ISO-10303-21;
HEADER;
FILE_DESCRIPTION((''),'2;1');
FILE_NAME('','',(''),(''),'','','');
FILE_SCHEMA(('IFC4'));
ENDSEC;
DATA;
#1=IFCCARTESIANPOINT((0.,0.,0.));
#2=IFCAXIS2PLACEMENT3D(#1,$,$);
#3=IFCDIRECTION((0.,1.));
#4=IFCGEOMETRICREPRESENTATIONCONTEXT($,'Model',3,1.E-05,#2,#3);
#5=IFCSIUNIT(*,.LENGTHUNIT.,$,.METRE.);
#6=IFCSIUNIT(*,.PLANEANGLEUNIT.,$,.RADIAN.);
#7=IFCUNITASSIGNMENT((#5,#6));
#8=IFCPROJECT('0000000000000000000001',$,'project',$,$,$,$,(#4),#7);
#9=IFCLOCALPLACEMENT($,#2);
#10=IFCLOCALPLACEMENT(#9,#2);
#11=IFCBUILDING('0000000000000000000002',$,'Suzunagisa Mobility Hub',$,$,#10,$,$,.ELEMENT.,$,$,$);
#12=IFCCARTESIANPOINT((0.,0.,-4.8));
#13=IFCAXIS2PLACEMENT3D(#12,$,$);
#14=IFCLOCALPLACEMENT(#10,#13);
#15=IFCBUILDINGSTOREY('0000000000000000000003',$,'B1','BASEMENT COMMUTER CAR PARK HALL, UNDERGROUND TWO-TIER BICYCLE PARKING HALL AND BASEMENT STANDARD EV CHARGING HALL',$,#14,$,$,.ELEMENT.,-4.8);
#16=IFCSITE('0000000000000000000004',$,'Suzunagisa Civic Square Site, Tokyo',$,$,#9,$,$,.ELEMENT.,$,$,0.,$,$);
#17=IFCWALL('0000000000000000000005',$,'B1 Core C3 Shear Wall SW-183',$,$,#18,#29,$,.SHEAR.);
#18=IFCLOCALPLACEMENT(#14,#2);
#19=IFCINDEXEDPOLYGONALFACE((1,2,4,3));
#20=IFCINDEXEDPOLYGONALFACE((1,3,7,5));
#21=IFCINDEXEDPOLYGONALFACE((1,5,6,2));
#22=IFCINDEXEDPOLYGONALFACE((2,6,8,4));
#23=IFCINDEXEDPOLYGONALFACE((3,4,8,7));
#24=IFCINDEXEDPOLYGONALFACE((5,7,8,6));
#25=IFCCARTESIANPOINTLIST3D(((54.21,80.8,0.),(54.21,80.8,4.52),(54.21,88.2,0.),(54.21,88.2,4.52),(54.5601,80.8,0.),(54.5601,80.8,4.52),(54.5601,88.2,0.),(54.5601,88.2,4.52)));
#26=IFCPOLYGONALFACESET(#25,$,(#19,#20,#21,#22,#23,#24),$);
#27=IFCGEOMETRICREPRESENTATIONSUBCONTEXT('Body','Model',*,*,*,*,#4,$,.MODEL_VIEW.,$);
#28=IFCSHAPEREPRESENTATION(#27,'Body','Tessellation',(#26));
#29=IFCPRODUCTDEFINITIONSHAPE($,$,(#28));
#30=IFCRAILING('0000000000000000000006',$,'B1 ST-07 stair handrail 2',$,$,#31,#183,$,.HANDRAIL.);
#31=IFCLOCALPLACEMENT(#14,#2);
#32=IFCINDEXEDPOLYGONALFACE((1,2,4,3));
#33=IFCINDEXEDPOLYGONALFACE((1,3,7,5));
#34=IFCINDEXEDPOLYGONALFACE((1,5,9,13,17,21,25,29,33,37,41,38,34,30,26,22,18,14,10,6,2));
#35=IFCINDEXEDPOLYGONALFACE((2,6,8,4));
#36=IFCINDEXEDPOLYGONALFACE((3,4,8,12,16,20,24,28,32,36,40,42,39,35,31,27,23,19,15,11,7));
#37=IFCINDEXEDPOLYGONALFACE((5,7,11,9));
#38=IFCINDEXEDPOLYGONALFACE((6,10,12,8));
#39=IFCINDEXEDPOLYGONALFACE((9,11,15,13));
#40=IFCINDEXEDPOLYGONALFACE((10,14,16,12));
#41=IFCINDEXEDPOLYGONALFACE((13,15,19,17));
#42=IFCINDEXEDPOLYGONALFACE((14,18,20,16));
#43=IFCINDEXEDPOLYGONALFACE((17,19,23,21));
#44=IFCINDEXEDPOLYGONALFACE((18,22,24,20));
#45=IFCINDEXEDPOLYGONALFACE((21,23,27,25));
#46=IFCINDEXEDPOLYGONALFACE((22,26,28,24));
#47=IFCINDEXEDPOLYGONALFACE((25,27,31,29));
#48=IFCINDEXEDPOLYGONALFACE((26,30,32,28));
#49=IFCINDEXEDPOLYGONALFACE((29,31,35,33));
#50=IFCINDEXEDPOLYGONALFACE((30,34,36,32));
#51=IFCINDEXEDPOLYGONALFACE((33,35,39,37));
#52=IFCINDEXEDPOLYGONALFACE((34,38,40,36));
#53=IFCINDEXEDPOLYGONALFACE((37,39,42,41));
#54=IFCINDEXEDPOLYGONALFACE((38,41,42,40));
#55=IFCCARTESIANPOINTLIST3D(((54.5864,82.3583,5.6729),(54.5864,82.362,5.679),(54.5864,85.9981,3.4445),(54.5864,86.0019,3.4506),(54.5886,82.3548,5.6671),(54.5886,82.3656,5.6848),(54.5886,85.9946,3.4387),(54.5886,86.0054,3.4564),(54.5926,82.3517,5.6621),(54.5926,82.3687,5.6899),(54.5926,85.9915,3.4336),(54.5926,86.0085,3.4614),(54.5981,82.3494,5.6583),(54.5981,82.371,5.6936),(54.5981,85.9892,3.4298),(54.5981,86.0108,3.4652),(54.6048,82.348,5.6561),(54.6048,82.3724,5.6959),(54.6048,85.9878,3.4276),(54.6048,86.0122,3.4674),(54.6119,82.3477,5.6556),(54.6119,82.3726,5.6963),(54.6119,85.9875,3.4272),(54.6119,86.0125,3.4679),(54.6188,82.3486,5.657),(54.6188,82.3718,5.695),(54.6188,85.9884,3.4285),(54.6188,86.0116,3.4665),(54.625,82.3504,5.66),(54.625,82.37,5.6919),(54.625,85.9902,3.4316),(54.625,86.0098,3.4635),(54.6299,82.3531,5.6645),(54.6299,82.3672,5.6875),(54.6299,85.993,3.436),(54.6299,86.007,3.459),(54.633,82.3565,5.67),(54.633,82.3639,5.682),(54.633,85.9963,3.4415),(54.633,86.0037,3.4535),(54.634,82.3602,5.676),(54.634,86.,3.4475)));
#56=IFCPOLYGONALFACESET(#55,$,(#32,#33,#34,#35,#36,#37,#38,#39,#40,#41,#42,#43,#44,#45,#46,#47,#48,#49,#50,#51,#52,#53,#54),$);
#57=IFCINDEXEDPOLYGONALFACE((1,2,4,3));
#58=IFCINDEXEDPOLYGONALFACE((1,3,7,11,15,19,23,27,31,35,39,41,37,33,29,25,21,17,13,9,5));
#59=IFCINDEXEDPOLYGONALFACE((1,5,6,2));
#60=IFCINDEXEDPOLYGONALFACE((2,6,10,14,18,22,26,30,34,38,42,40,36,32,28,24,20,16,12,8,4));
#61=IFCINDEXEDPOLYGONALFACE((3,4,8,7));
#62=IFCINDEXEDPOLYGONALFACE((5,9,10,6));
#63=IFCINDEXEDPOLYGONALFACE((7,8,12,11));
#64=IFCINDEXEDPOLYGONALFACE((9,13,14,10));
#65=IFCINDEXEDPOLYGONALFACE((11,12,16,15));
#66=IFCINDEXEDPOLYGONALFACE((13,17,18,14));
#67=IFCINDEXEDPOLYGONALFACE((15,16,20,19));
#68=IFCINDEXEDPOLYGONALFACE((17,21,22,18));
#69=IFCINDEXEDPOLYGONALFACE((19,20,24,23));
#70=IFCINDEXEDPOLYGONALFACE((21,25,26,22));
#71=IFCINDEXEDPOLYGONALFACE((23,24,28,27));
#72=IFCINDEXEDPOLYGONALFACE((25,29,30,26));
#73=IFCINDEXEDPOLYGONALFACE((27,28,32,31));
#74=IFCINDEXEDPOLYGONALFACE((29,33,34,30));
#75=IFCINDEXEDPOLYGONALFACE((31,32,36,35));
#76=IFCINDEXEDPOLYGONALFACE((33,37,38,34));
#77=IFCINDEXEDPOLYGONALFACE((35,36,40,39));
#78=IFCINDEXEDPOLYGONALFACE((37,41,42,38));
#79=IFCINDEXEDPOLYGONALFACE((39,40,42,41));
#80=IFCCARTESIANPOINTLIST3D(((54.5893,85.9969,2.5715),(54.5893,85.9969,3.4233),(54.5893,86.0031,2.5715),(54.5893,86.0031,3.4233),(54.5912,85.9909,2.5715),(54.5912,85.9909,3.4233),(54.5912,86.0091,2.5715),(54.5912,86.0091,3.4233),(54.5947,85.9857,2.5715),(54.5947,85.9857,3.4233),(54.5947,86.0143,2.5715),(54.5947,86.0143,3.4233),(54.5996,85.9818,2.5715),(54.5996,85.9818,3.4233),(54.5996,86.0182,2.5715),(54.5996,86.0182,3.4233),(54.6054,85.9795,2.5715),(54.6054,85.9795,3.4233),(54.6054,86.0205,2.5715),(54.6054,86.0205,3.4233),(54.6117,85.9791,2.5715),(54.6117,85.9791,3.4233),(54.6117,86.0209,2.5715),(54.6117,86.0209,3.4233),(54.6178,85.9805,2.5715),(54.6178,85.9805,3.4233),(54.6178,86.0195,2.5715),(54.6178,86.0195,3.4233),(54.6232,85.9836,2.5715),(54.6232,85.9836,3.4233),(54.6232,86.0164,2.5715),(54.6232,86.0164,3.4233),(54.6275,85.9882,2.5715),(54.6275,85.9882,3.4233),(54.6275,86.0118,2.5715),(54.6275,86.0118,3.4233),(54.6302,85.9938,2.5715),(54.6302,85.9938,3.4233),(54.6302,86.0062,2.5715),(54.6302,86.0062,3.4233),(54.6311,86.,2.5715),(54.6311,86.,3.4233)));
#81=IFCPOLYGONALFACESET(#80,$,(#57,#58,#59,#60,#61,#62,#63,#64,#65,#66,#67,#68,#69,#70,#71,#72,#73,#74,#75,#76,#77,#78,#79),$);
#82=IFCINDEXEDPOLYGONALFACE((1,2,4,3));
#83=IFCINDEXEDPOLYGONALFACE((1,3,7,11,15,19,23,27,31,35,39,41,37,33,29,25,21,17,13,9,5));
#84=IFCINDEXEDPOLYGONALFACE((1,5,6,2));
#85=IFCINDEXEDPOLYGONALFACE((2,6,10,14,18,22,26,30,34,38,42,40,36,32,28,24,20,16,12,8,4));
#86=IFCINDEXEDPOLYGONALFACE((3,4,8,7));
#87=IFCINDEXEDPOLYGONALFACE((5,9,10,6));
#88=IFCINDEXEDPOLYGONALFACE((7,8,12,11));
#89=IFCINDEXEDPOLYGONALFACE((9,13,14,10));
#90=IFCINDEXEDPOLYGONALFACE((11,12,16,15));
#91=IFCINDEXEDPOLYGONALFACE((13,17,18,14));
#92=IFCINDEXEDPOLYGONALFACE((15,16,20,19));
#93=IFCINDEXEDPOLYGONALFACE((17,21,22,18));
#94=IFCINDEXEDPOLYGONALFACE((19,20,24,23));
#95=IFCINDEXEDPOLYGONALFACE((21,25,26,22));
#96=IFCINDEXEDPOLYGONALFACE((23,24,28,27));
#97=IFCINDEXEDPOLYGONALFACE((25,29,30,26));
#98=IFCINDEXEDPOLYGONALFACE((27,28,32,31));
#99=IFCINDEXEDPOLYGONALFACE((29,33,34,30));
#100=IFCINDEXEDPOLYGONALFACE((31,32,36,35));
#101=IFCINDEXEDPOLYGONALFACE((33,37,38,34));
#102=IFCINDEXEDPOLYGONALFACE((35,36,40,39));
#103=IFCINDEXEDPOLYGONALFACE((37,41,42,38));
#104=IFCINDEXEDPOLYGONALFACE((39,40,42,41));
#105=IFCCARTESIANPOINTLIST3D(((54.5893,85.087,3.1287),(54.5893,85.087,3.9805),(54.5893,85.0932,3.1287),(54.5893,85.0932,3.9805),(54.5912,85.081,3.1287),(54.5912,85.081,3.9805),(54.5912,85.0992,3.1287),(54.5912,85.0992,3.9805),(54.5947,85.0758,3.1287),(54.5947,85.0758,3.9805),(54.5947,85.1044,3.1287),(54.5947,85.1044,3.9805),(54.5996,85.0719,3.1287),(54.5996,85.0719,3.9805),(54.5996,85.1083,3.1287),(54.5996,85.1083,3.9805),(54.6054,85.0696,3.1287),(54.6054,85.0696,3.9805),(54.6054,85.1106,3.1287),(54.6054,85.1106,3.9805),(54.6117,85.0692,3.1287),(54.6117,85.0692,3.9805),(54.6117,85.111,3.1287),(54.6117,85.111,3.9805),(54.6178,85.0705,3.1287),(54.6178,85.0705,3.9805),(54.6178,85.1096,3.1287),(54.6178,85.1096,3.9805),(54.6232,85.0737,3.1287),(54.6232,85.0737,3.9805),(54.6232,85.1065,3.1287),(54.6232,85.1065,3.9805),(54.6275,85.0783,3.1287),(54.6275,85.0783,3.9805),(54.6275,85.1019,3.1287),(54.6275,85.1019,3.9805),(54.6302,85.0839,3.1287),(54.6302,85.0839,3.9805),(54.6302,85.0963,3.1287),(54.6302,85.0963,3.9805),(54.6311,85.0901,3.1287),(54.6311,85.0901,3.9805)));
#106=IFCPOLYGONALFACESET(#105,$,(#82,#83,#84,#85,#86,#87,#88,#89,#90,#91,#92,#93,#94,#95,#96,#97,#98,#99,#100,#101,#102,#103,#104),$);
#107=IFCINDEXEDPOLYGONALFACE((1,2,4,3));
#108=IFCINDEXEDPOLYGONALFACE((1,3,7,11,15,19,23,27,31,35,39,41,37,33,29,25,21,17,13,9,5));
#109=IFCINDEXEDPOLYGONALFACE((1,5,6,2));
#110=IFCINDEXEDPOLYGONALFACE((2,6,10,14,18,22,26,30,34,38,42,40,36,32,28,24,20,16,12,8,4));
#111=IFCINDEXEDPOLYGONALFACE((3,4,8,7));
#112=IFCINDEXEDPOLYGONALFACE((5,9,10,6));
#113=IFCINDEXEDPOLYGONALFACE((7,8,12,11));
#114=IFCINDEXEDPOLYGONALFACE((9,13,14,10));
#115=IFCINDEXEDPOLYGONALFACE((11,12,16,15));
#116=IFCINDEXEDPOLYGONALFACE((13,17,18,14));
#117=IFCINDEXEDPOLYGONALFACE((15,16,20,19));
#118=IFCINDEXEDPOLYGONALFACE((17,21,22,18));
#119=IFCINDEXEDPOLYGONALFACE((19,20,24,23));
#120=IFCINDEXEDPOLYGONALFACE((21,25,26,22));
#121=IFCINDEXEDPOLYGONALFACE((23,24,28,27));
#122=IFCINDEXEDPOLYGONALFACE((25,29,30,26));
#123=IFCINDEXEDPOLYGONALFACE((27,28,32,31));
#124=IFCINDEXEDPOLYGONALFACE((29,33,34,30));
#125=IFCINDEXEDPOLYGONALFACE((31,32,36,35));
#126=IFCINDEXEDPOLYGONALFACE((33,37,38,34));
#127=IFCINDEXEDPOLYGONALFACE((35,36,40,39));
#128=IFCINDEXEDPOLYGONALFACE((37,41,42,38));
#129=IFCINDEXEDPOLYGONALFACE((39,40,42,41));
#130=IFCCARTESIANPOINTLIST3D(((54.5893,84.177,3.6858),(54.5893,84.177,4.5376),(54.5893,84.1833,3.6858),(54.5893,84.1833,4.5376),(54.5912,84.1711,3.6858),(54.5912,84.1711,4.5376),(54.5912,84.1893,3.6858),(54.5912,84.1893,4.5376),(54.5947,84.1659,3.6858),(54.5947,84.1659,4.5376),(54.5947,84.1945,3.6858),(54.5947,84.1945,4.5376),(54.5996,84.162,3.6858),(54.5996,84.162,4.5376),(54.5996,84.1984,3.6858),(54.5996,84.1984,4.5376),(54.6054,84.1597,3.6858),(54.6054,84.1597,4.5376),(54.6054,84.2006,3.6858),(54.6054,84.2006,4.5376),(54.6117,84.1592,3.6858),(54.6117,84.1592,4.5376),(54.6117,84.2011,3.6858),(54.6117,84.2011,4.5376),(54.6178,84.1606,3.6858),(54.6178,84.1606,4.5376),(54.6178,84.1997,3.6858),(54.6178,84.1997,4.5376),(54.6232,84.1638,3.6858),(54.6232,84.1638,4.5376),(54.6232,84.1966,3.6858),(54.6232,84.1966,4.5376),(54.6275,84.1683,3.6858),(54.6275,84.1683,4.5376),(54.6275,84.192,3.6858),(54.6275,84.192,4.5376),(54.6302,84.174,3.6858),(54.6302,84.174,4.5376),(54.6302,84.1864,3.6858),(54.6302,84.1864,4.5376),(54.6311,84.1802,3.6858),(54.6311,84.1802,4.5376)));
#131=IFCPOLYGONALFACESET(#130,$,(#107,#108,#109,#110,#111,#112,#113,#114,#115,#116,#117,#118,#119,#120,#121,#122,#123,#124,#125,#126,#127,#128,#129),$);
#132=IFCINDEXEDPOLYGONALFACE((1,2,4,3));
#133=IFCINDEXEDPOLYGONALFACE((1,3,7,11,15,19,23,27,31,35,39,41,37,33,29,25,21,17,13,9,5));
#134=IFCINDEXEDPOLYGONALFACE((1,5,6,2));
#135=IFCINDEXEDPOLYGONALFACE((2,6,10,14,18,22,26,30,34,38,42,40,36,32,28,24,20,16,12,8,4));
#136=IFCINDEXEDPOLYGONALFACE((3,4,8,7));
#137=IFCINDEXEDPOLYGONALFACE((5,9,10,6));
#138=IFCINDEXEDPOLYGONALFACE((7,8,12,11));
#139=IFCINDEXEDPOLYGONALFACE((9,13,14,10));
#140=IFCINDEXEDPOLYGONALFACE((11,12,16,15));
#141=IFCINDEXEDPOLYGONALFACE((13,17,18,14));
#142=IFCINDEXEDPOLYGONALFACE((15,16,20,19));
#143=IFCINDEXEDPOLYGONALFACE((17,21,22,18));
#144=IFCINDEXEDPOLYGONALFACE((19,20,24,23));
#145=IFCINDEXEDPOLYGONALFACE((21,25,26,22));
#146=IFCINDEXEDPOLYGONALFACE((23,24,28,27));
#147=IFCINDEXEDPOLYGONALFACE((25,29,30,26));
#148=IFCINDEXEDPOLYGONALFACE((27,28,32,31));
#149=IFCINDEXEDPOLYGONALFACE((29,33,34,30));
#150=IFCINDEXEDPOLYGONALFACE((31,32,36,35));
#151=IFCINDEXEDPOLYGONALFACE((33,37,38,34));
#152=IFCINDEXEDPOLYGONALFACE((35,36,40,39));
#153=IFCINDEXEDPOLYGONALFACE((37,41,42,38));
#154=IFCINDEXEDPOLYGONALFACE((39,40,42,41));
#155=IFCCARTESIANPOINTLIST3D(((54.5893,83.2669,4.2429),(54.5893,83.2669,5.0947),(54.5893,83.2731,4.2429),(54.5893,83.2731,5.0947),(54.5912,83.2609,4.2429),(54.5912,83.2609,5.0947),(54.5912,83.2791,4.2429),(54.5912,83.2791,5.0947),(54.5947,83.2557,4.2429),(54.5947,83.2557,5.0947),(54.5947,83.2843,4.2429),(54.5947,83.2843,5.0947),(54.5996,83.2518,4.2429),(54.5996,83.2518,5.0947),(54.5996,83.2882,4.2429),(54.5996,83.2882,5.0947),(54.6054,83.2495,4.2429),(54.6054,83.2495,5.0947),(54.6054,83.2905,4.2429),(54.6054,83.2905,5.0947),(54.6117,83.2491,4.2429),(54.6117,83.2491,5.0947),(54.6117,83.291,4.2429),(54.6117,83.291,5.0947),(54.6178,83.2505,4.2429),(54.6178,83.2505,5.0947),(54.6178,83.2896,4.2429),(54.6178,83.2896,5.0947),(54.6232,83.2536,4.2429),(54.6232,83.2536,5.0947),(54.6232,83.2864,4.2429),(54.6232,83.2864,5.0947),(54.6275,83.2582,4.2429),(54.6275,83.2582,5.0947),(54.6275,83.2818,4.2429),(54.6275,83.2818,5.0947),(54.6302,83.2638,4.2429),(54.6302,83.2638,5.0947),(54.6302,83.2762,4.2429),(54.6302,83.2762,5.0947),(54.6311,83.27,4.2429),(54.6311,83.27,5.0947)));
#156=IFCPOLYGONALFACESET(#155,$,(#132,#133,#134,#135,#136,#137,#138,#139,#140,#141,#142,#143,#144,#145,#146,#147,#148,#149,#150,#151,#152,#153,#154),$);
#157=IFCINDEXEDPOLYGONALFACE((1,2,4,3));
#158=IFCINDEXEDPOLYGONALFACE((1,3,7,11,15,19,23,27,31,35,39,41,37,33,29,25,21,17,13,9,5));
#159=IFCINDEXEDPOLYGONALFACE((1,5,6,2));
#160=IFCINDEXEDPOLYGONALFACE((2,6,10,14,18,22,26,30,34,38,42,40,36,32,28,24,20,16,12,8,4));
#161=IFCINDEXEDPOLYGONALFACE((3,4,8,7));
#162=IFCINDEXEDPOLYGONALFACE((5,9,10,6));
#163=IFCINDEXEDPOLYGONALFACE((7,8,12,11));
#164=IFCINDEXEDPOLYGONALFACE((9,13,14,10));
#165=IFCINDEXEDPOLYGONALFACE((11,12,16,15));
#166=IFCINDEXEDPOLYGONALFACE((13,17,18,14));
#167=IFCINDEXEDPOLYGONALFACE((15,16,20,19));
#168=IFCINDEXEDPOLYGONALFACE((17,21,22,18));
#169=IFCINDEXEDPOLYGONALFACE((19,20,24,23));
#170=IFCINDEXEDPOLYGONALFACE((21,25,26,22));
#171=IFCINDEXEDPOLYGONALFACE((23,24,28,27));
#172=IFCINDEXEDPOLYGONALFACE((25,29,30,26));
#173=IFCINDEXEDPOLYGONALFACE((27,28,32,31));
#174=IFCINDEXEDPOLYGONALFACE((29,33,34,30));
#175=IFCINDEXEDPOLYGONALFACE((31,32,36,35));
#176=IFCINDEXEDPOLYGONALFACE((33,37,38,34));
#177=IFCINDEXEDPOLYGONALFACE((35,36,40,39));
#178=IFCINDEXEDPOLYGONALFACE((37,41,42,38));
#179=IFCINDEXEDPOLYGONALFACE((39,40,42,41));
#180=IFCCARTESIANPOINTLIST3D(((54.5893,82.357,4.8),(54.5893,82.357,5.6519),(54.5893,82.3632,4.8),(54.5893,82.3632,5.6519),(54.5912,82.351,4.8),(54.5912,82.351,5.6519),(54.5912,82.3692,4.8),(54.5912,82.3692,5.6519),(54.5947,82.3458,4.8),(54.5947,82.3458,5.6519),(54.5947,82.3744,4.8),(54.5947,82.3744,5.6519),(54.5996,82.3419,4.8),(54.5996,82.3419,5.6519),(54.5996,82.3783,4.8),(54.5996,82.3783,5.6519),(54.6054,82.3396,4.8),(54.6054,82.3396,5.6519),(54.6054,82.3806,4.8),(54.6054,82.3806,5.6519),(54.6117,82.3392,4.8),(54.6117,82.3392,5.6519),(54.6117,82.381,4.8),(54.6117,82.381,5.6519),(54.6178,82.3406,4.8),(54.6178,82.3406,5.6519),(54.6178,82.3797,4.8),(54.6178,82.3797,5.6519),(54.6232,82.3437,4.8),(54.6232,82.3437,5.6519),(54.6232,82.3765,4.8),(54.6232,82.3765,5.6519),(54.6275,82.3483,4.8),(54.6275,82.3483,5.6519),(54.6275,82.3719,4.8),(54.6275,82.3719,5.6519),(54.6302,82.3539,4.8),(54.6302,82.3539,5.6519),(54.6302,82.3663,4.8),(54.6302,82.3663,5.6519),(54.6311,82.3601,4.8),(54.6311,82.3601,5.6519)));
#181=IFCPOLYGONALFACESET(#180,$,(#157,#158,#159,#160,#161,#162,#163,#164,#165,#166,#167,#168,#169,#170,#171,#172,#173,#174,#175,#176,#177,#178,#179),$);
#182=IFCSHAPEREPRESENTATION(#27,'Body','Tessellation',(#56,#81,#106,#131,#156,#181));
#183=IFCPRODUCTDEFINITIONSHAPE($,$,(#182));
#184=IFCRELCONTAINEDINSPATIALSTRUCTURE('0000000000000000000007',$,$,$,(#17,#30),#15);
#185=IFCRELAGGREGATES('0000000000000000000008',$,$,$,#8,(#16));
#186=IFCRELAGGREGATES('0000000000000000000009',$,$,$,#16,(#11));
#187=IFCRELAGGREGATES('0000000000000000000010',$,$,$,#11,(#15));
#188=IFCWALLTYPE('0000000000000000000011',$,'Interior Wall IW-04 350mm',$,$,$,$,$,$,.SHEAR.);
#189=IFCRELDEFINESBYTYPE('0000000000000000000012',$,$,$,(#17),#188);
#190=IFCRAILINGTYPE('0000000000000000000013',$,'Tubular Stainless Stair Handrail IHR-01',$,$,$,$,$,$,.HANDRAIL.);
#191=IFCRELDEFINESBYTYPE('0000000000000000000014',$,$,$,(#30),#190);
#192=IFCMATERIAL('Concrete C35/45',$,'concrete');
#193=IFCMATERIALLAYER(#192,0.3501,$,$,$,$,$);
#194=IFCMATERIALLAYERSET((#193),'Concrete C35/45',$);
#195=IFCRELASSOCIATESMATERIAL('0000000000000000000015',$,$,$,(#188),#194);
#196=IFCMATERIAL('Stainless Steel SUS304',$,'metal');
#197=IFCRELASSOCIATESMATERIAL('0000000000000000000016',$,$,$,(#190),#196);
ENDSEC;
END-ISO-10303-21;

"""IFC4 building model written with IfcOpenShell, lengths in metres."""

from ifc_helpers import new_model, si_unit, direction, frame, frame_2d, origin, origin_2d, place, context, subcontext, project, spatial, rectangle, circle, extrude, material, layer, layer_set, type_object, element, save


model = new_model("IFC4")

# Units and contexts
model_context = context("Model", 3, precision=1e-05, world=origin(), true_north=direction((0.0, 1.0)))
body_context = subcontext(model_context, "Body", "Model", "MODEL_VIEW")
ifc_project = project(units=[si_unit("LENGTHUNIT", "METRE"), si_unit("PLANEANGLEUNIT", "RADIAN")], contexts=[model_context])

# Site, building, storey
site_placement = place(None, origin())
site = spatial("IfcSite", under=ifc_project, at=site_placement, Name="Suzunagisa Civic Square Site, Tokyo", CompositionType="ELEMENT", RefElevation=0.0)
building_placement = place(site_placement, origin())
building = spatial("IfcBuilding", under=site, at=building_placement, Name="Suzunagisa Mobility Hub", CompositionType="ELEMENT")
storey_placement = place(building_placement, frame((0.0, 0.0, -4.8)))
storey = spatial("IfcBuildingStorey", under=building, at=storey_placement, Name="B1", Description="BASEMENT COMMUTER CAR PARK HALL, UNDERGROUND TWO-TIER BICYCLE PARKING HALL AND BASEMENT STANDARD EV CHARGING HALL", CompositionType="ELEMENT", Elevation=-4.8)

# Wall
ifc_material_1 = material(Name="Concrete C35/45", Category="concrete")
ifc_layer_1 = layer(ifc_material_1, 0.3501)
ifc_layer_set_1 = layer_set([ifc_layer_1], Name="Concrete C35/45")
wall_type_1 = type_object("IfcWallType", Name="Interior Wall IW-04 350mm", PredefinedType="SHEAR", material=ifc_layer_set_1)
wall_1_placement = place(storey_placement, frame((54.385, 80.8, 0.0), z_axis=(0.0, 0.0, 1.0), x_axis=(0.0, 1.0, 0.0)))
element("IfcWall", 1, at=wall_1_placement, inside=storey, type_object=wall_type_1, Name="B1 Core C3 Shear Wall SW-183", PredefinedType="SHEAR", context=body_context, shape_type="SweptSolid", body=[
    extrude(rectangle(XDim=7.3999, YDim=0.3501, at=frame_2d((3.7, 0.0))), origin(), (0.0, 0.0, 1.0), 4.52),
])

# Railing
ifc_material_2 = material(Name="Stainless Steel SUS304", Category="metal")
railing_type = type_object("IfcRailingType", Name="Tubular Stainless Stair Handrail IHR-01", PredefinedType="HANDRAIL", material=ifc_material_2)
railing_placement = place(storey_placement, frame((54.6101, 86.0, 2.5715)))
element("IfcRailing", 2, at=railing_placement, inside=storey, type_object=railing_type, Name="B1 ST-07 stair handrail 2", PredefinedType="HANDRAIL", context=body_context, shape_type="SweptSolid", body=[
    extrude(circle(Radius=0.0239, at=origin_2d()), frame((0.0, 0.0, 0.876), z_axis=(0.0, -0.85285, 0.522156), x_axis=(1.0, 0.0, 0.0)), (0.0, 0.0, 1.0), 4.2678),
    extrude(circle(Radius=0.021, at=origin_2d()), origin(), (0.0, 0.0, 1.0), 0.8518),
    extrude(circle(Radius=0.021, at=origin_2d()), frame((0.0, -0.9099, 0.5571)), (0.0, 0.0, 1.0), 0.8518),
    extrude(circle(Radius=0.021, at=origin_2d()), frame((0.0, -1.8198, 1.1143)), (0.0, 0.0, 1.0), 0.8518),
    extrude(circle(Radius=0.021, at=origin_2d()), frame((0.0, -2.73, 1.6714)), (0.0, 0.0, 1.0), 0.8518),
    extrude(circle(Radius=0.021, at=origin_2d()), frame((0.0, -3.6399, 2.2285)), (0.0, 0.0, 1.0), 0.8518),
])

save(model, "model.ifc")
